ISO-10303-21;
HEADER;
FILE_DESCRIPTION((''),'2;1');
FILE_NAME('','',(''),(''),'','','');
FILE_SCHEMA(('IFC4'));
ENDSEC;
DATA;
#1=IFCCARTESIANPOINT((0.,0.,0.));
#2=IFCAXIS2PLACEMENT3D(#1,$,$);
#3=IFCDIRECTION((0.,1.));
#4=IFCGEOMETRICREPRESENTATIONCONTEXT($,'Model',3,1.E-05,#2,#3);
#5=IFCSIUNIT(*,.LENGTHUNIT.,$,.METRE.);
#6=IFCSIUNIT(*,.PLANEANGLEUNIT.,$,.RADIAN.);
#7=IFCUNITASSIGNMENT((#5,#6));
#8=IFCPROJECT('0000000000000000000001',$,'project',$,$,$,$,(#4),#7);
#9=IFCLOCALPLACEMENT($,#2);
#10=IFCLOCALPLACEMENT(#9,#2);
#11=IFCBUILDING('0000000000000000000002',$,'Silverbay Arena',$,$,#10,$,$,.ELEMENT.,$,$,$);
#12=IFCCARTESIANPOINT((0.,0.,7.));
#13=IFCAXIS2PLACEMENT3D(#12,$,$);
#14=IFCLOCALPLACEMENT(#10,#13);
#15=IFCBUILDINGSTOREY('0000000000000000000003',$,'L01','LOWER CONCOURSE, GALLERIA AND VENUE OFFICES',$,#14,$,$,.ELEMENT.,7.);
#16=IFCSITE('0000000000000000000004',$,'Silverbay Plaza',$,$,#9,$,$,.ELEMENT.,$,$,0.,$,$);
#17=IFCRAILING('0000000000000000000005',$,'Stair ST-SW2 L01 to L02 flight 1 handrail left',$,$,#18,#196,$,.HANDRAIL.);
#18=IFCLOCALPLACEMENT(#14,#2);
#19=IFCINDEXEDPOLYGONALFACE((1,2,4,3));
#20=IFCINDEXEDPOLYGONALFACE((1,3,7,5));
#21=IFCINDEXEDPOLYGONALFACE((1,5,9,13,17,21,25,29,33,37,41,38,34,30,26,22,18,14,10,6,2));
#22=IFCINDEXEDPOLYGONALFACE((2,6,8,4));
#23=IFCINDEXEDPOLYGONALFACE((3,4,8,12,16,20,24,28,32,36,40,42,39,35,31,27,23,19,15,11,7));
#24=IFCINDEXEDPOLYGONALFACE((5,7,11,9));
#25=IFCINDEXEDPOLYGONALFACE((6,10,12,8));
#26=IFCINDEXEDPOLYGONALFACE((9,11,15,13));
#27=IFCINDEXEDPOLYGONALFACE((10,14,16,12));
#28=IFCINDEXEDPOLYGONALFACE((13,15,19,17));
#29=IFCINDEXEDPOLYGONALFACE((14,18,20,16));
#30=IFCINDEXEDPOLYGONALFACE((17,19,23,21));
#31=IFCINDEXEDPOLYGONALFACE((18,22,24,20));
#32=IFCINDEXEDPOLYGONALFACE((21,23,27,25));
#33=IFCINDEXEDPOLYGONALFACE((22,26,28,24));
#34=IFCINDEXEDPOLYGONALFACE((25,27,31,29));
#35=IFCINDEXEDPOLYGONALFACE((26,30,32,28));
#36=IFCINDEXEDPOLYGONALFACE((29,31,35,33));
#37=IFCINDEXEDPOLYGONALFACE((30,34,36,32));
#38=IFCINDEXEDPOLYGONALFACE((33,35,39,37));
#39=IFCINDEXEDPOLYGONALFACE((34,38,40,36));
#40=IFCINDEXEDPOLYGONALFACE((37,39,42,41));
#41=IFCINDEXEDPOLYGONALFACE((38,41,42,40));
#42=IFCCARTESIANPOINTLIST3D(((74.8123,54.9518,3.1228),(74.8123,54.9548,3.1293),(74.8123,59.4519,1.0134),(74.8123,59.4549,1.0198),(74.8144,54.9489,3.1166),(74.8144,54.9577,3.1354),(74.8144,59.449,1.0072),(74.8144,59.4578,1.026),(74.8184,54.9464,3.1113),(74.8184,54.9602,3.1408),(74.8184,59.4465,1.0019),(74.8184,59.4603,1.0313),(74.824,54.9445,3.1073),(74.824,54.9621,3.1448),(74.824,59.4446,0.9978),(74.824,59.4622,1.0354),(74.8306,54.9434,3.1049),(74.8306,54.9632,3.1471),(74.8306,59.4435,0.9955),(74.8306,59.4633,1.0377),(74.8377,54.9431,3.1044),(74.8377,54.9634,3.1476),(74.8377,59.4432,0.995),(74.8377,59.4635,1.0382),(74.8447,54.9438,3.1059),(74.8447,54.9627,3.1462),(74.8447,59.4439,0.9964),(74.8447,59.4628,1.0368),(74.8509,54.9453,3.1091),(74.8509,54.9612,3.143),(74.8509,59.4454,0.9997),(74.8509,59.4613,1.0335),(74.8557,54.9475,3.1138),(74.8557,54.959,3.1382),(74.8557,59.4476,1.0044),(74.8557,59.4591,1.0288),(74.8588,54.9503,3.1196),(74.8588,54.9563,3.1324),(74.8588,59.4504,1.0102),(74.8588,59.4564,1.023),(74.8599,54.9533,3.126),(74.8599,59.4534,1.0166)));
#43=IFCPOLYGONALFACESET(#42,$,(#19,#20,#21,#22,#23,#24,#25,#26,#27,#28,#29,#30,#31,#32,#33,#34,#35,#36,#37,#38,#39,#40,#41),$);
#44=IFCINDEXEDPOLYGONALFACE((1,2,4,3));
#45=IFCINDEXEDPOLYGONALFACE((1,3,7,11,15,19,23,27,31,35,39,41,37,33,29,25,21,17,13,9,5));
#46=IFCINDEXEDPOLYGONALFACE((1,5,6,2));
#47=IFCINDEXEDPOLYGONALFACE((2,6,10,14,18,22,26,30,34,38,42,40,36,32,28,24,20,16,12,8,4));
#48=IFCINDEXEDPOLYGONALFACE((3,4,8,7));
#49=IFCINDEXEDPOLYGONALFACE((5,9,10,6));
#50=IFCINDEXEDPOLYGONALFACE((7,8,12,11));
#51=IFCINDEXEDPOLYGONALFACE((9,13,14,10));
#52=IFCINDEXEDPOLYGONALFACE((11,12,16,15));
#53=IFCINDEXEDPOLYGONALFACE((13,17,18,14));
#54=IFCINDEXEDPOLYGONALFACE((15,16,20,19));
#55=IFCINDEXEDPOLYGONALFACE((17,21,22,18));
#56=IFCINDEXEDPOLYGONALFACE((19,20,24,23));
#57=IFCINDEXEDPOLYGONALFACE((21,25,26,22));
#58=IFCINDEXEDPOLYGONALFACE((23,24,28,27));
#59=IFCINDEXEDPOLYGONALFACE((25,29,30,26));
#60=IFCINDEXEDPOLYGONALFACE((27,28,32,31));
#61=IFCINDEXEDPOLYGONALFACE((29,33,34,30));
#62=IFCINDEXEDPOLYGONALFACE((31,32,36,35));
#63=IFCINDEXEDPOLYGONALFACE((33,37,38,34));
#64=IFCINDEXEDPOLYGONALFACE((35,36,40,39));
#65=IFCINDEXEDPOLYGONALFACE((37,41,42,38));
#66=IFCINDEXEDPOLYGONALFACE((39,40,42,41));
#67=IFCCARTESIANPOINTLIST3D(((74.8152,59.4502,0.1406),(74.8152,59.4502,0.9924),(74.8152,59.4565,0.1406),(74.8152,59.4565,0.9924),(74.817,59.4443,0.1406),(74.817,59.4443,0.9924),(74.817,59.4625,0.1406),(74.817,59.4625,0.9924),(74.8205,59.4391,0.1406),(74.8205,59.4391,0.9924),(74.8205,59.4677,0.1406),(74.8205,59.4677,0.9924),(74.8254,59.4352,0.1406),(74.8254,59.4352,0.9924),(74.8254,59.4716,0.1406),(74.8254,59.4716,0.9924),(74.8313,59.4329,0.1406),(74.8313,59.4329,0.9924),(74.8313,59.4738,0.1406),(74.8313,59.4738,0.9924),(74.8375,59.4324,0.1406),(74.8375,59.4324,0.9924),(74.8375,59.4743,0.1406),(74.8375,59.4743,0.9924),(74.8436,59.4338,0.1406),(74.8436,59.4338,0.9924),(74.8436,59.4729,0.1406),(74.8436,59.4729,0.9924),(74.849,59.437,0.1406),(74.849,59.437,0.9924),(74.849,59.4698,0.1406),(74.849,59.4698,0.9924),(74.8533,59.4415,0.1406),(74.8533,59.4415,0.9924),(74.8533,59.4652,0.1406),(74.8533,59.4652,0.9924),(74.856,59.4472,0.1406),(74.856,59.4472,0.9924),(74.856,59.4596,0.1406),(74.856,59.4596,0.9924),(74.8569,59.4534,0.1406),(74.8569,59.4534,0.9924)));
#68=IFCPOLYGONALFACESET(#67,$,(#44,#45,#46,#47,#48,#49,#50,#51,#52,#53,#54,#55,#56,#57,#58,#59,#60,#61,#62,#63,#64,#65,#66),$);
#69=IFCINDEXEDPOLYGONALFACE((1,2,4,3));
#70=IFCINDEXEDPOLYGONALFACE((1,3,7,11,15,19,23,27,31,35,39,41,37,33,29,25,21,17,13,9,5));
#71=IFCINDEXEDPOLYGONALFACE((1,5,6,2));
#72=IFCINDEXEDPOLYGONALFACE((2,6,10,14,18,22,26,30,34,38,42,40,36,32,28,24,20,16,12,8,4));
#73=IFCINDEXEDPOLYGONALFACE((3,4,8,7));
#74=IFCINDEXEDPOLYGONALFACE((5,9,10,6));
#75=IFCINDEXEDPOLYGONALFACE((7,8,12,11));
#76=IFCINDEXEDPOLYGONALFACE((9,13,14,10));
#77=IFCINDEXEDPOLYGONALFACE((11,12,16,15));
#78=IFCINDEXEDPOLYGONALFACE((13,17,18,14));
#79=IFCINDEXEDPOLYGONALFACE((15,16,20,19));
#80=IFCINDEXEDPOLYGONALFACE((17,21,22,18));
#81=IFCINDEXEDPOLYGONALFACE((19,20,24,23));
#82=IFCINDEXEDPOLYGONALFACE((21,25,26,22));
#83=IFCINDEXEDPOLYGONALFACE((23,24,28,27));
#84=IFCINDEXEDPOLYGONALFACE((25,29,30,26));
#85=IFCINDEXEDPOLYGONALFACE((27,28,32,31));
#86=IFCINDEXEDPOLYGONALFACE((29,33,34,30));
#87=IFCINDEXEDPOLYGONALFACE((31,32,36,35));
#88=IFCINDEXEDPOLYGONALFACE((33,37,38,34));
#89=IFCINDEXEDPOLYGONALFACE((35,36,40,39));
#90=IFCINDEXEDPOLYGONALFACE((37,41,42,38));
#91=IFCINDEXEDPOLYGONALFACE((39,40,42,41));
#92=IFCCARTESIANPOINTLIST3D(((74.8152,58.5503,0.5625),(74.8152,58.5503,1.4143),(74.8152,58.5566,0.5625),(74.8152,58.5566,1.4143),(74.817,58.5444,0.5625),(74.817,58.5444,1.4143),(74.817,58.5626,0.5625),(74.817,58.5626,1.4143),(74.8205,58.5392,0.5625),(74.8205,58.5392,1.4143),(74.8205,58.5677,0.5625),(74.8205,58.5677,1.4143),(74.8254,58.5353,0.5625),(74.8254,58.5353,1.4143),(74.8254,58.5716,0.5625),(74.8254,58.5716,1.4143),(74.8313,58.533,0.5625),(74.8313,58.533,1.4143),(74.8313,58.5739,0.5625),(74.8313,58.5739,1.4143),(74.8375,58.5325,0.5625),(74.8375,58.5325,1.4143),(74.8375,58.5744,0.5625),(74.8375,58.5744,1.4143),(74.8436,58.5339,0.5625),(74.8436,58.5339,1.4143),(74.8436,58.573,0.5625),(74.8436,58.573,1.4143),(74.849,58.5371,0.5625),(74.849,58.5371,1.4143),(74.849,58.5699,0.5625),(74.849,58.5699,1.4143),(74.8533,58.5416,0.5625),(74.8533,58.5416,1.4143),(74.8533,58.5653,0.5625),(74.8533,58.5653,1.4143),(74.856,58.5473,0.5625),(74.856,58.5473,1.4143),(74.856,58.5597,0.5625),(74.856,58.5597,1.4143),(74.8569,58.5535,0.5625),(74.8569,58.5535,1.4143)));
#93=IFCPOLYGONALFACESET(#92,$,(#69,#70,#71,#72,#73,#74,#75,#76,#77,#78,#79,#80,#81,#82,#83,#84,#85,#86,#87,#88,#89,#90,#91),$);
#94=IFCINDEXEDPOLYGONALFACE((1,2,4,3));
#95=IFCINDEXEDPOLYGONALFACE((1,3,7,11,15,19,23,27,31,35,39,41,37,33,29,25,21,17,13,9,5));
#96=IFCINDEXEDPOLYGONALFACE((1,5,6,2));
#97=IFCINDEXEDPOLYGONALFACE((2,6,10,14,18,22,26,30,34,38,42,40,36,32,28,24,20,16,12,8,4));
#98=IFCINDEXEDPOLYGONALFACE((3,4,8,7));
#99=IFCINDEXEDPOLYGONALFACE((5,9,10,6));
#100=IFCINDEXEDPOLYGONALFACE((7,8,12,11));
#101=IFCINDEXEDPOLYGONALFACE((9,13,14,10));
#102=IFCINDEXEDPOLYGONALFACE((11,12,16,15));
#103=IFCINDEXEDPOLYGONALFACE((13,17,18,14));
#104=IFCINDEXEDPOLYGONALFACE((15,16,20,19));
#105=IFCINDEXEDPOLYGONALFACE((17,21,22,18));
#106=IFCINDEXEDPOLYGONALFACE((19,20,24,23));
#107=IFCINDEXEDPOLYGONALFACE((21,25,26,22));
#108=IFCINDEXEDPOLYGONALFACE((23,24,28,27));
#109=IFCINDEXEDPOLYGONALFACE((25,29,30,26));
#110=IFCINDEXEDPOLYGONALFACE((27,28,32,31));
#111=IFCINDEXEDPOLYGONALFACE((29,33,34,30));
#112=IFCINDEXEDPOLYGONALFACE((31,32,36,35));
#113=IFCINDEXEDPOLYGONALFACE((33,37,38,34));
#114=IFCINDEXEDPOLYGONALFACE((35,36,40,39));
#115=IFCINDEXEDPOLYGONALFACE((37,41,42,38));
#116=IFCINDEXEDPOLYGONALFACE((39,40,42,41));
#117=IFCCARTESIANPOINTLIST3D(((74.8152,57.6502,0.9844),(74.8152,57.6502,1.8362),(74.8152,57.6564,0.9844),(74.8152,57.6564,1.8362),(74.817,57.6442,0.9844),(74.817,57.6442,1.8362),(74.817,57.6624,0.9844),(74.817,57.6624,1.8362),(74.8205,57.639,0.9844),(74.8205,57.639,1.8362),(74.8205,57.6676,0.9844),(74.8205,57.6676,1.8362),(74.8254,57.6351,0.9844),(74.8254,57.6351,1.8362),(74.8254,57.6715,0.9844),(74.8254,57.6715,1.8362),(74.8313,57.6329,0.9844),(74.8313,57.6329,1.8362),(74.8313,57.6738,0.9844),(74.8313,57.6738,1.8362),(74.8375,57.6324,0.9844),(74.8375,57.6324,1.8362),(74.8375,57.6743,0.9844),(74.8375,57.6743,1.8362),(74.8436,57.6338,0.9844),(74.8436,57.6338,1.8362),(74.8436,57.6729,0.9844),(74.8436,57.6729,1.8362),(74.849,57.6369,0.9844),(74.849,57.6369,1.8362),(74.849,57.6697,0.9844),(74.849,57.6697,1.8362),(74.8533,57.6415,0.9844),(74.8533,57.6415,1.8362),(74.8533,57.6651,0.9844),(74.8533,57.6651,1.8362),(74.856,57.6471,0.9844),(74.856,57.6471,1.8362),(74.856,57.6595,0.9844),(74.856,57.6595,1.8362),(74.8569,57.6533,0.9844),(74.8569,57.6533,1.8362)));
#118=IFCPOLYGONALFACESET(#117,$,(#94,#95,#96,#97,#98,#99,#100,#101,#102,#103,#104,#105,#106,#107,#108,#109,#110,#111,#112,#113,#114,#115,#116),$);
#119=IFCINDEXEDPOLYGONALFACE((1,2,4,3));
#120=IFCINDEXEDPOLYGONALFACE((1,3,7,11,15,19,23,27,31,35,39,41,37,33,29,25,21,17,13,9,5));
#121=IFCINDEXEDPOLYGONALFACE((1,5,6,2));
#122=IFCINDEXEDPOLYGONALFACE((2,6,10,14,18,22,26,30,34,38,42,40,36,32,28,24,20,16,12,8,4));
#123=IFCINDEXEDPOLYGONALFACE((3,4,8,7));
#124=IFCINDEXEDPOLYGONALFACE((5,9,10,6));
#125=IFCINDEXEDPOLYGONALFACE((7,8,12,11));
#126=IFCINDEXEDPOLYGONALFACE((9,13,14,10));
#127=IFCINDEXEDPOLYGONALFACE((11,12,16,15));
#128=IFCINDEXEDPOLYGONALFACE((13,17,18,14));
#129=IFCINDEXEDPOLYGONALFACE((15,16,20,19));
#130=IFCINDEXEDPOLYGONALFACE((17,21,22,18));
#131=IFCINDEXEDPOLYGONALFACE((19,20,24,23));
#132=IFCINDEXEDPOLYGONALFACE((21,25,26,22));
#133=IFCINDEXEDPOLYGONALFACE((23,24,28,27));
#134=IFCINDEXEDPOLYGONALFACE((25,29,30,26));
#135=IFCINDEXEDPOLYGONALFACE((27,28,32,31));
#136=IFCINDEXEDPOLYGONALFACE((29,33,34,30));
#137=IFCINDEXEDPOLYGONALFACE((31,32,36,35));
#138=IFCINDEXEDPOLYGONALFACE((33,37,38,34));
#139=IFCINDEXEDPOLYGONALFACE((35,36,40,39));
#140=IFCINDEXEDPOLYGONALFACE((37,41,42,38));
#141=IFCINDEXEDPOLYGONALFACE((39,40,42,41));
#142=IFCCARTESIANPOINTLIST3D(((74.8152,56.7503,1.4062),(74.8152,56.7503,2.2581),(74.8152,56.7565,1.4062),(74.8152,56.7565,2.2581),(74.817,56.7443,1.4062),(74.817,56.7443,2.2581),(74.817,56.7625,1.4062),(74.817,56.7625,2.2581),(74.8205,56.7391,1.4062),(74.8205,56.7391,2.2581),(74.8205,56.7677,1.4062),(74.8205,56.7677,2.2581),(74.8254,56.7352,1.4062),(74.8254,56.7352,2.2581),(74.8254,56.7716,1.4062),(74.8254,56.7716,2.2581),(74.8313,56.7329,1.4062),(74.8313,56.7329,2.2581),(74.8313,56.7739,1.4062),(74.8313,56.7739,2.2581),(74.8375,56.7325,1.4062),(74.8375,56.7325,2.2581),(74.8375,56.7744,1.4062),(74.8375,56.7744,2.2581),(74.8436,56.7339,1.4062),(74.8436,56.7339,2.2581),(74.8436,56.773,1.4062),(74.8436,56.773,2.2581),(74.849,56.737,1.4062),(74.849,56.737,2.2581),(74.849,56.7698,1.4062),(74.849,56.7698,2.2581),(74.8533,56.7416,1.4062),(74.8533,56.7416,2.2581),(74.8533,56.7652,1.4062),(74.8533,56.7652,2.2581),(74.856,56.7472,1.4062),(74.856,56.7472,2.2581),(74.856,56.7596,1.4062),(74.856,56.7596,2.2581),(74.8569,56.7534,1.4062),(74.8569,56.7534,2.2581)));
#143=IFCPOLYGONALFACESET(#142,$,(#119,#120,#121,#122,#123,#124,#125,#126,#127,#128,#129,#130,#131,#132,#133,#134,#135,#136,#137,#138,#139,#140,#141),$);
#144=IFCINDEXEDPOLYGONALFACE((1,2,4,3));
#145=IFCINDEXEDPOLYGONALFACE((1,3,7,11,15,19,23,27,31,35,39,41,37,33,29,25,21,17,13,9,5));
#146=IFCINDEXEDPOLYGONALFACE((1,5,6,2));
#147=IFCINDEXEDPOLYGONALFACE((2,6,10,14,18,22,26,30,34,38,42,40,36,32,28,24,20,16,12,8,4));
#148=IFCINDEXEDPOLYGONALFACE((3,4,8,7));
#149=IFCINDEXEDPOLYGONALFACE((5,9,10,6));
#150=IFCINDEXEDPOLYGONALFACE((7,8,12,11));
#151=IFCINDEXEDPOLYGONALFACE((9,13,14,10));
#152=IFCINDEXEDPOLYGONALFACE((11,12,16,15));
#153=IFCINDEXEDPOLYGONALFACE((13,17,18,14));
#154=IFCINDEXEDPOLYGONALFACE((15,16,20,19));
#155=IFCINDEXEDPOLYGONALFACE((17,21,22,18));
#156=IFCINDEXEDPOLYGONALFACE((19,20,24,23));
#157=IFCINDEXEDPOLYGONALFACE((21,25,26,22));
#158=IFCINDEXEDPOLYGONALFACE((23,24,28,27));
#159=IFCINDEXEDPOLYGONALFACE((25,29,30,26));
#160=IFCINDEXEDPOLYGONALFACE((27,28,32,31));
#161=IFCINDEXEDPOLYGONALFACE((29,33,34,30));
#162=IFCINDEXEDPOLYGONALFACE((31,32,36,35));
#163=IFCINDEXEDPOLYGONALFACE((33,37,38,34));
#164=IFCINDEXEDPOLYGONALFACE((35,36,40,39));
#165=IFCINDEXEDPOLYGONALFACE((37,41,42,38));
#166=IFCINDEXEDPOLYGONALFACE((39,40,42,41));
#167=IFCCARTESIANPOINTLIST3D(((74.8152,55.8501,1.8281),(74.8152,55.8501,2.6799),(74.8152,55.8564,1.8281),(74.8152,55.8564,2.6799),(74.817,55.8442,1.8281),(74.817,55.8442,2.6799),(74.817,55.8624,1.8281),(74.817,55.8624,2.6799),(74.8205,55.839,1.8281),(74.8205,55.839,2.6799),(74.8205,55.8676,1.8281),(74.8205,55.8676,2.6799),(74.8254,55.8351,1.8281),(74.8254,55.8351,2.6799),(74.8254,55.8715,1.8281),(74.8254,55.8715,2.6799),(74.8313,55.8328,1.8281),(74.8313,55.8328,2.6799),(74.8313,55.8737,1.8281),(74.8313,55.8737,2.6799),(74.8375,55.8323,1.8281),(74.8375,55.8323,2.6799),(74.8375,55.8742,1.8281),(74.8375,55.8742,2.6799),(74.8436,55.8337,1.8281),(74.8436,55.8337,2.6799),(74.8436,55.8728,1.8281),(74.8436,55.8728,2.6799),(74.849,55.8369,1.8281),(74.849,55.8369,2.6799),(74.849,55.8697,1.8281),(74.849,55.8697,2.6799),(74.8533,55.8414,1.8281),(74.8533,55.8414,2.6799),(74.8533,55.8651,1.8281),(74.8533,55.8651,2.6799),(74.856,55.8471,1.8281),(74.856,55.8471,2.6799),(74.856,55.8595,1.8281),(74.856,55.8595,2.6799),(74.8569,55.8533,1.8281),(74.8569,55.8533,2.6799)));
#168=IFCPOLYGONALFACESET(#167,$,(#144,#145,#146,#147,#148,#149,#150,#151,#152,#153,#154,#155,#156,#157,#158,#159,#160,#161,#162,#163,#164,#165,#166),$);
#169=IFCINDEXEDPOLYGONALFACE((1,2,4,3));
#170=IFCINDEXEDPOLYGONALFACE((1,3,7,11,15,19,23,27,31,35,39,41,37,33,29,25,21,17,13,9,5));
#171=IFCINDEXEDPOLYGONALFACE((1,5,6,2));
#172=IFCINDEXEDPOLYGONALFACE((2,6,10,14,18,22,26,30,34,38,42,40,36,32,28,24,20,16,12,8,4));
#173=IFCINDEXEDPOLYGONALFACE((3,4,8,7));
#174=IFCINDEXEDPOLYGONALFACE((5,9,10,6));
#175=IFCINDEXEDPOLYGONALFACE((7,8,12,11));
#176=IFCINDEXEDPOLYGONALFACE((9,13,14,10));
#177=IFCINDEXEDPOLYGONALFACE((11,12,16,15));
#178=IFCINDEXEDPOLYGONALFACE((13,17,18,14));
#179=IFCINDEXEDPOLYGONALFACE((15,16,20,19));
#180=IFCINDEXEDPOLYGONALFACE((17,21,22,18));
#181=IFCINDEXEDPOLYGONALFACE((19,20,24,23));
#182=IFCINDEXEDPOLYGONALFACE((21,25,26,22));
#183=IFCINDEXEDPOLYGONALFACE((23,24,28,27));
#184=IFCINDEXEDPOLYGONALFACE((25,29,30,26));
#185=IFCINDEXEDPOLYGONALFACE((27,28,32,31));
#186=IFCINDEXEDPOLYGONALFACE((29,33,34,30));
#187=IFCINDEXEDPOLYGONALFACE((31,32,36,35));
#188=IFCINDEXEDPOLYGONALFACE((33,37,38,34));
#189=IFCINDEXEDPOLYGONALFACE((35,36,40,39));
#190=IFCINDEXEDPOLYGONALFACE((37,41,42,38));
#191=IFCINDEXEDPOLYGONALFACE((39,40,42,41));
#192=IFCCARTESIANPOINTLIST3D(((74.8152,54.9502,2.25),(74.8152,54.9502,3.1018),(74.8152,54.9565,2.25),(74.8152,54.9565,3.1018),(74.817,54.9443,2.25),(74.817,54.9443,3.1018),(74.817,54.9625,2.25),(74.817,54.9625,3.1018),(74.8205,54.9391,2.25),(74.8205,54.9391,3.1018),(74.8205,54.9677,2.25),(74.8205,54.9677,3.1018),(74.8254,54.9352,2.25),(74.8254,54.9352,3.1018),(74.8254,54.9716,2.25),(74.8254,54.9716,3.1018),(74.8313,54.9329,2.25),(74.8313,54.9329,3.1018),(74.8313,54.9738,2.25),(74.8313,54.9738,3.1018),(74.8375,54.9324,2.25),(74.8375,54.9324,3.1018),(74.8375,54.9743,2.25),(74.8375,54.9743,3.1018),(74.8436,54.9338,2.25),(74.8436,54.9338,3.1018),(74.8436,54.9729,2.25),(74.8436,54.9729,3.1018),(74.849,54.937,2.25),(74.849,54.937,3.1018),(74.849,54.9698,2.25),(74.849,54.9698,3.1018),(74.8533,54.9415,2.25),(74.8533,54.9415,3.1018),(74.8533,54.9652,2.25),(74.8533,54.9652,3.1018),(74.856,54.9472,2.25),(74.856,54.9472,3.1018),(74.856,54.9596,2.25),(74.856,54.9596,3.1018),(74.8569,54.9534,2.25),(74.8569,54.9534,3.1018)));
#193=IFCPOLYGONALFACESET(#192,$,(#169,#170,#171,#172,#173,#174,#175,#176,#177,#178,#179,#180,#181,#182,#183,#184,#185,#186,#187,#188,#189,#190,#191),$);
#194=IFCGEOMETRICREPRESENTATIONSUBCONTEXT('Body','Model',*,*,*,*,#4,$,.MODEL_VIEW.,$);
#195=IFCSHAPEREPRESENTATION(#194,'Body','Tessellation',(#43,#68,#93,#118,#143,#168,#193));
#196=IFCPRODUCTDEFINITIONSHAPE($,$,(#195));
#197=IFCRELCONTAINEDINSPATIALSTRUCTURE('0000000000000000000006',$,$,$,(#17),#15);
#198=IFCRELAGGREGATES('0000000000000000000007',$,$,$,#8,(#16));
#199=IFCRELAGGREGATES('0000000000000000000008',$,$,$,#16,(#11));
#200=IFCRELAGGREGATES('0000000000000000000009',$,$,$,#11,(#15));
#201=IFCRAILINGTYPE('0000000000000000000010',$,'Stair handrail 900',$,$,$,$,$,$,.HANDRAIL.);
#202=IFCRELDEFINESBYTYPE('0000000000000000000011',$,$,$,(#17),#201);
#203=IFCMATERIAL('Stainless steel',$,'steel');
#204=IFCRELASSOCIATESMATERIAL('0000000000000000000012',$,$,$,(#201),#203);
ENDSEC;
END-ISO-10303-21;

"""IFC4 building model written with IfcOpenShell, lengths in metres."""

from ifc_helpers import new_model, si_unit, direction, frame, origin, origin_2d, place, context, subcontext, project, spatial, circle, extrude, material, type_object, element, save


model = new_model("IFC4")

# Units and contexts
model_context = context("Model", 3, precision=1e-05, world=origin(), true_north=direction((0.0, 1.0)))
body_context = subcontext(model_context, "Body", "Model", "MODEL_VIEW")
ifc_project = project(units=[si_unit("LENGTHUNIT", "METRE"), si_unit("PLANEANGLEUNIT", "RADIAN")], contexts=[model_context])

# Site, building, storey
site_placement = place(None, origin())
site = spatial("IfcSite", under=ifc_project, at=site_placement, Name="Silverbay Plaza", CompositionType="ELEMENT", RefElevation=0.0)
building_placement = place(site_placement, origin())
building = spatial("IfcBuilding", under=site, at=building_placement, Name="Silverbay Arena", CompositionType="ELEMENT")
storey_placement = place(building_placement, frame((0.0, 0.0, 7.0)))
storey = spatial("IfcBuildingStorey", under=building, at=storey_placement, Name="L01", Description="LOWER CONCOURSE, GALLERIA AND VENUE OFFICES", CompositionType="ELEMENT", Elevation=7.0)

# Railing
ifc_material_1 = material(Name="Stainless steel", Category="steel")
railing_type_1 = type_object("IfcRailingType", Name="Stair handrail 900", PredefinedType="HANDRAIL", material=ifc_material_1)
railing_1_placement = place(storey_placement, frame((74.8359, 59.4534, 0.1406)))
element("IfcRailing", 1, at=railing_1_placement, inside=storey, type_object=railing_type_1, Name="Stair ST-SW2 L01 to L02 flight 1 handrail left", PredefinedType="HANDRAIL", context=body_context, shape_type="SweptSolid", body=[
    extrude(circle(Radius=0.0239, at=origin_2d()), frame((0.0, 0.0, 0.876), z_axis=(0.0, -0.905459, 0.424434), x_axis=(1.0, 0.0, 0.0)), (0.0, 0.0, 1.0), 4.97),
    extrude(circle(Radius=0.021, at=origin_2d()), origin(), (0.0, 0.0, 1.0), 0.8518),
    extrude(circle(Radius=0.021, at=origin_2d()), frame((0.0, -0.8999, 0.4219)), (0.0, 0.0, 1.0), 0.8518),
    extrude(circle(Radius=0.021, at=origin_2d()), frame((0.0, -1.8, 0.8438)), (0.0, 0.0, 1.0), 0.8518),
    extrude(circle(Radius=0.021, at=origin_2d()), frame((0.0, -2.7, 1.2656)), (0.0, 0.0, 1.0), 0.8518),
    extrude(circle(Radius=0.021, at=origin_2d()), frame((0.0, -3.6001, 1.6875)), (0.0, 0.0, 1.0), 0.8518),
    extrude(circle(Radius=0.021, at=origin_2d()), frame((0.0, -4.5, 2.1094)), (0.0, 0.0, 1.0), 0.8518),
])

save(model, "model.ifc")
